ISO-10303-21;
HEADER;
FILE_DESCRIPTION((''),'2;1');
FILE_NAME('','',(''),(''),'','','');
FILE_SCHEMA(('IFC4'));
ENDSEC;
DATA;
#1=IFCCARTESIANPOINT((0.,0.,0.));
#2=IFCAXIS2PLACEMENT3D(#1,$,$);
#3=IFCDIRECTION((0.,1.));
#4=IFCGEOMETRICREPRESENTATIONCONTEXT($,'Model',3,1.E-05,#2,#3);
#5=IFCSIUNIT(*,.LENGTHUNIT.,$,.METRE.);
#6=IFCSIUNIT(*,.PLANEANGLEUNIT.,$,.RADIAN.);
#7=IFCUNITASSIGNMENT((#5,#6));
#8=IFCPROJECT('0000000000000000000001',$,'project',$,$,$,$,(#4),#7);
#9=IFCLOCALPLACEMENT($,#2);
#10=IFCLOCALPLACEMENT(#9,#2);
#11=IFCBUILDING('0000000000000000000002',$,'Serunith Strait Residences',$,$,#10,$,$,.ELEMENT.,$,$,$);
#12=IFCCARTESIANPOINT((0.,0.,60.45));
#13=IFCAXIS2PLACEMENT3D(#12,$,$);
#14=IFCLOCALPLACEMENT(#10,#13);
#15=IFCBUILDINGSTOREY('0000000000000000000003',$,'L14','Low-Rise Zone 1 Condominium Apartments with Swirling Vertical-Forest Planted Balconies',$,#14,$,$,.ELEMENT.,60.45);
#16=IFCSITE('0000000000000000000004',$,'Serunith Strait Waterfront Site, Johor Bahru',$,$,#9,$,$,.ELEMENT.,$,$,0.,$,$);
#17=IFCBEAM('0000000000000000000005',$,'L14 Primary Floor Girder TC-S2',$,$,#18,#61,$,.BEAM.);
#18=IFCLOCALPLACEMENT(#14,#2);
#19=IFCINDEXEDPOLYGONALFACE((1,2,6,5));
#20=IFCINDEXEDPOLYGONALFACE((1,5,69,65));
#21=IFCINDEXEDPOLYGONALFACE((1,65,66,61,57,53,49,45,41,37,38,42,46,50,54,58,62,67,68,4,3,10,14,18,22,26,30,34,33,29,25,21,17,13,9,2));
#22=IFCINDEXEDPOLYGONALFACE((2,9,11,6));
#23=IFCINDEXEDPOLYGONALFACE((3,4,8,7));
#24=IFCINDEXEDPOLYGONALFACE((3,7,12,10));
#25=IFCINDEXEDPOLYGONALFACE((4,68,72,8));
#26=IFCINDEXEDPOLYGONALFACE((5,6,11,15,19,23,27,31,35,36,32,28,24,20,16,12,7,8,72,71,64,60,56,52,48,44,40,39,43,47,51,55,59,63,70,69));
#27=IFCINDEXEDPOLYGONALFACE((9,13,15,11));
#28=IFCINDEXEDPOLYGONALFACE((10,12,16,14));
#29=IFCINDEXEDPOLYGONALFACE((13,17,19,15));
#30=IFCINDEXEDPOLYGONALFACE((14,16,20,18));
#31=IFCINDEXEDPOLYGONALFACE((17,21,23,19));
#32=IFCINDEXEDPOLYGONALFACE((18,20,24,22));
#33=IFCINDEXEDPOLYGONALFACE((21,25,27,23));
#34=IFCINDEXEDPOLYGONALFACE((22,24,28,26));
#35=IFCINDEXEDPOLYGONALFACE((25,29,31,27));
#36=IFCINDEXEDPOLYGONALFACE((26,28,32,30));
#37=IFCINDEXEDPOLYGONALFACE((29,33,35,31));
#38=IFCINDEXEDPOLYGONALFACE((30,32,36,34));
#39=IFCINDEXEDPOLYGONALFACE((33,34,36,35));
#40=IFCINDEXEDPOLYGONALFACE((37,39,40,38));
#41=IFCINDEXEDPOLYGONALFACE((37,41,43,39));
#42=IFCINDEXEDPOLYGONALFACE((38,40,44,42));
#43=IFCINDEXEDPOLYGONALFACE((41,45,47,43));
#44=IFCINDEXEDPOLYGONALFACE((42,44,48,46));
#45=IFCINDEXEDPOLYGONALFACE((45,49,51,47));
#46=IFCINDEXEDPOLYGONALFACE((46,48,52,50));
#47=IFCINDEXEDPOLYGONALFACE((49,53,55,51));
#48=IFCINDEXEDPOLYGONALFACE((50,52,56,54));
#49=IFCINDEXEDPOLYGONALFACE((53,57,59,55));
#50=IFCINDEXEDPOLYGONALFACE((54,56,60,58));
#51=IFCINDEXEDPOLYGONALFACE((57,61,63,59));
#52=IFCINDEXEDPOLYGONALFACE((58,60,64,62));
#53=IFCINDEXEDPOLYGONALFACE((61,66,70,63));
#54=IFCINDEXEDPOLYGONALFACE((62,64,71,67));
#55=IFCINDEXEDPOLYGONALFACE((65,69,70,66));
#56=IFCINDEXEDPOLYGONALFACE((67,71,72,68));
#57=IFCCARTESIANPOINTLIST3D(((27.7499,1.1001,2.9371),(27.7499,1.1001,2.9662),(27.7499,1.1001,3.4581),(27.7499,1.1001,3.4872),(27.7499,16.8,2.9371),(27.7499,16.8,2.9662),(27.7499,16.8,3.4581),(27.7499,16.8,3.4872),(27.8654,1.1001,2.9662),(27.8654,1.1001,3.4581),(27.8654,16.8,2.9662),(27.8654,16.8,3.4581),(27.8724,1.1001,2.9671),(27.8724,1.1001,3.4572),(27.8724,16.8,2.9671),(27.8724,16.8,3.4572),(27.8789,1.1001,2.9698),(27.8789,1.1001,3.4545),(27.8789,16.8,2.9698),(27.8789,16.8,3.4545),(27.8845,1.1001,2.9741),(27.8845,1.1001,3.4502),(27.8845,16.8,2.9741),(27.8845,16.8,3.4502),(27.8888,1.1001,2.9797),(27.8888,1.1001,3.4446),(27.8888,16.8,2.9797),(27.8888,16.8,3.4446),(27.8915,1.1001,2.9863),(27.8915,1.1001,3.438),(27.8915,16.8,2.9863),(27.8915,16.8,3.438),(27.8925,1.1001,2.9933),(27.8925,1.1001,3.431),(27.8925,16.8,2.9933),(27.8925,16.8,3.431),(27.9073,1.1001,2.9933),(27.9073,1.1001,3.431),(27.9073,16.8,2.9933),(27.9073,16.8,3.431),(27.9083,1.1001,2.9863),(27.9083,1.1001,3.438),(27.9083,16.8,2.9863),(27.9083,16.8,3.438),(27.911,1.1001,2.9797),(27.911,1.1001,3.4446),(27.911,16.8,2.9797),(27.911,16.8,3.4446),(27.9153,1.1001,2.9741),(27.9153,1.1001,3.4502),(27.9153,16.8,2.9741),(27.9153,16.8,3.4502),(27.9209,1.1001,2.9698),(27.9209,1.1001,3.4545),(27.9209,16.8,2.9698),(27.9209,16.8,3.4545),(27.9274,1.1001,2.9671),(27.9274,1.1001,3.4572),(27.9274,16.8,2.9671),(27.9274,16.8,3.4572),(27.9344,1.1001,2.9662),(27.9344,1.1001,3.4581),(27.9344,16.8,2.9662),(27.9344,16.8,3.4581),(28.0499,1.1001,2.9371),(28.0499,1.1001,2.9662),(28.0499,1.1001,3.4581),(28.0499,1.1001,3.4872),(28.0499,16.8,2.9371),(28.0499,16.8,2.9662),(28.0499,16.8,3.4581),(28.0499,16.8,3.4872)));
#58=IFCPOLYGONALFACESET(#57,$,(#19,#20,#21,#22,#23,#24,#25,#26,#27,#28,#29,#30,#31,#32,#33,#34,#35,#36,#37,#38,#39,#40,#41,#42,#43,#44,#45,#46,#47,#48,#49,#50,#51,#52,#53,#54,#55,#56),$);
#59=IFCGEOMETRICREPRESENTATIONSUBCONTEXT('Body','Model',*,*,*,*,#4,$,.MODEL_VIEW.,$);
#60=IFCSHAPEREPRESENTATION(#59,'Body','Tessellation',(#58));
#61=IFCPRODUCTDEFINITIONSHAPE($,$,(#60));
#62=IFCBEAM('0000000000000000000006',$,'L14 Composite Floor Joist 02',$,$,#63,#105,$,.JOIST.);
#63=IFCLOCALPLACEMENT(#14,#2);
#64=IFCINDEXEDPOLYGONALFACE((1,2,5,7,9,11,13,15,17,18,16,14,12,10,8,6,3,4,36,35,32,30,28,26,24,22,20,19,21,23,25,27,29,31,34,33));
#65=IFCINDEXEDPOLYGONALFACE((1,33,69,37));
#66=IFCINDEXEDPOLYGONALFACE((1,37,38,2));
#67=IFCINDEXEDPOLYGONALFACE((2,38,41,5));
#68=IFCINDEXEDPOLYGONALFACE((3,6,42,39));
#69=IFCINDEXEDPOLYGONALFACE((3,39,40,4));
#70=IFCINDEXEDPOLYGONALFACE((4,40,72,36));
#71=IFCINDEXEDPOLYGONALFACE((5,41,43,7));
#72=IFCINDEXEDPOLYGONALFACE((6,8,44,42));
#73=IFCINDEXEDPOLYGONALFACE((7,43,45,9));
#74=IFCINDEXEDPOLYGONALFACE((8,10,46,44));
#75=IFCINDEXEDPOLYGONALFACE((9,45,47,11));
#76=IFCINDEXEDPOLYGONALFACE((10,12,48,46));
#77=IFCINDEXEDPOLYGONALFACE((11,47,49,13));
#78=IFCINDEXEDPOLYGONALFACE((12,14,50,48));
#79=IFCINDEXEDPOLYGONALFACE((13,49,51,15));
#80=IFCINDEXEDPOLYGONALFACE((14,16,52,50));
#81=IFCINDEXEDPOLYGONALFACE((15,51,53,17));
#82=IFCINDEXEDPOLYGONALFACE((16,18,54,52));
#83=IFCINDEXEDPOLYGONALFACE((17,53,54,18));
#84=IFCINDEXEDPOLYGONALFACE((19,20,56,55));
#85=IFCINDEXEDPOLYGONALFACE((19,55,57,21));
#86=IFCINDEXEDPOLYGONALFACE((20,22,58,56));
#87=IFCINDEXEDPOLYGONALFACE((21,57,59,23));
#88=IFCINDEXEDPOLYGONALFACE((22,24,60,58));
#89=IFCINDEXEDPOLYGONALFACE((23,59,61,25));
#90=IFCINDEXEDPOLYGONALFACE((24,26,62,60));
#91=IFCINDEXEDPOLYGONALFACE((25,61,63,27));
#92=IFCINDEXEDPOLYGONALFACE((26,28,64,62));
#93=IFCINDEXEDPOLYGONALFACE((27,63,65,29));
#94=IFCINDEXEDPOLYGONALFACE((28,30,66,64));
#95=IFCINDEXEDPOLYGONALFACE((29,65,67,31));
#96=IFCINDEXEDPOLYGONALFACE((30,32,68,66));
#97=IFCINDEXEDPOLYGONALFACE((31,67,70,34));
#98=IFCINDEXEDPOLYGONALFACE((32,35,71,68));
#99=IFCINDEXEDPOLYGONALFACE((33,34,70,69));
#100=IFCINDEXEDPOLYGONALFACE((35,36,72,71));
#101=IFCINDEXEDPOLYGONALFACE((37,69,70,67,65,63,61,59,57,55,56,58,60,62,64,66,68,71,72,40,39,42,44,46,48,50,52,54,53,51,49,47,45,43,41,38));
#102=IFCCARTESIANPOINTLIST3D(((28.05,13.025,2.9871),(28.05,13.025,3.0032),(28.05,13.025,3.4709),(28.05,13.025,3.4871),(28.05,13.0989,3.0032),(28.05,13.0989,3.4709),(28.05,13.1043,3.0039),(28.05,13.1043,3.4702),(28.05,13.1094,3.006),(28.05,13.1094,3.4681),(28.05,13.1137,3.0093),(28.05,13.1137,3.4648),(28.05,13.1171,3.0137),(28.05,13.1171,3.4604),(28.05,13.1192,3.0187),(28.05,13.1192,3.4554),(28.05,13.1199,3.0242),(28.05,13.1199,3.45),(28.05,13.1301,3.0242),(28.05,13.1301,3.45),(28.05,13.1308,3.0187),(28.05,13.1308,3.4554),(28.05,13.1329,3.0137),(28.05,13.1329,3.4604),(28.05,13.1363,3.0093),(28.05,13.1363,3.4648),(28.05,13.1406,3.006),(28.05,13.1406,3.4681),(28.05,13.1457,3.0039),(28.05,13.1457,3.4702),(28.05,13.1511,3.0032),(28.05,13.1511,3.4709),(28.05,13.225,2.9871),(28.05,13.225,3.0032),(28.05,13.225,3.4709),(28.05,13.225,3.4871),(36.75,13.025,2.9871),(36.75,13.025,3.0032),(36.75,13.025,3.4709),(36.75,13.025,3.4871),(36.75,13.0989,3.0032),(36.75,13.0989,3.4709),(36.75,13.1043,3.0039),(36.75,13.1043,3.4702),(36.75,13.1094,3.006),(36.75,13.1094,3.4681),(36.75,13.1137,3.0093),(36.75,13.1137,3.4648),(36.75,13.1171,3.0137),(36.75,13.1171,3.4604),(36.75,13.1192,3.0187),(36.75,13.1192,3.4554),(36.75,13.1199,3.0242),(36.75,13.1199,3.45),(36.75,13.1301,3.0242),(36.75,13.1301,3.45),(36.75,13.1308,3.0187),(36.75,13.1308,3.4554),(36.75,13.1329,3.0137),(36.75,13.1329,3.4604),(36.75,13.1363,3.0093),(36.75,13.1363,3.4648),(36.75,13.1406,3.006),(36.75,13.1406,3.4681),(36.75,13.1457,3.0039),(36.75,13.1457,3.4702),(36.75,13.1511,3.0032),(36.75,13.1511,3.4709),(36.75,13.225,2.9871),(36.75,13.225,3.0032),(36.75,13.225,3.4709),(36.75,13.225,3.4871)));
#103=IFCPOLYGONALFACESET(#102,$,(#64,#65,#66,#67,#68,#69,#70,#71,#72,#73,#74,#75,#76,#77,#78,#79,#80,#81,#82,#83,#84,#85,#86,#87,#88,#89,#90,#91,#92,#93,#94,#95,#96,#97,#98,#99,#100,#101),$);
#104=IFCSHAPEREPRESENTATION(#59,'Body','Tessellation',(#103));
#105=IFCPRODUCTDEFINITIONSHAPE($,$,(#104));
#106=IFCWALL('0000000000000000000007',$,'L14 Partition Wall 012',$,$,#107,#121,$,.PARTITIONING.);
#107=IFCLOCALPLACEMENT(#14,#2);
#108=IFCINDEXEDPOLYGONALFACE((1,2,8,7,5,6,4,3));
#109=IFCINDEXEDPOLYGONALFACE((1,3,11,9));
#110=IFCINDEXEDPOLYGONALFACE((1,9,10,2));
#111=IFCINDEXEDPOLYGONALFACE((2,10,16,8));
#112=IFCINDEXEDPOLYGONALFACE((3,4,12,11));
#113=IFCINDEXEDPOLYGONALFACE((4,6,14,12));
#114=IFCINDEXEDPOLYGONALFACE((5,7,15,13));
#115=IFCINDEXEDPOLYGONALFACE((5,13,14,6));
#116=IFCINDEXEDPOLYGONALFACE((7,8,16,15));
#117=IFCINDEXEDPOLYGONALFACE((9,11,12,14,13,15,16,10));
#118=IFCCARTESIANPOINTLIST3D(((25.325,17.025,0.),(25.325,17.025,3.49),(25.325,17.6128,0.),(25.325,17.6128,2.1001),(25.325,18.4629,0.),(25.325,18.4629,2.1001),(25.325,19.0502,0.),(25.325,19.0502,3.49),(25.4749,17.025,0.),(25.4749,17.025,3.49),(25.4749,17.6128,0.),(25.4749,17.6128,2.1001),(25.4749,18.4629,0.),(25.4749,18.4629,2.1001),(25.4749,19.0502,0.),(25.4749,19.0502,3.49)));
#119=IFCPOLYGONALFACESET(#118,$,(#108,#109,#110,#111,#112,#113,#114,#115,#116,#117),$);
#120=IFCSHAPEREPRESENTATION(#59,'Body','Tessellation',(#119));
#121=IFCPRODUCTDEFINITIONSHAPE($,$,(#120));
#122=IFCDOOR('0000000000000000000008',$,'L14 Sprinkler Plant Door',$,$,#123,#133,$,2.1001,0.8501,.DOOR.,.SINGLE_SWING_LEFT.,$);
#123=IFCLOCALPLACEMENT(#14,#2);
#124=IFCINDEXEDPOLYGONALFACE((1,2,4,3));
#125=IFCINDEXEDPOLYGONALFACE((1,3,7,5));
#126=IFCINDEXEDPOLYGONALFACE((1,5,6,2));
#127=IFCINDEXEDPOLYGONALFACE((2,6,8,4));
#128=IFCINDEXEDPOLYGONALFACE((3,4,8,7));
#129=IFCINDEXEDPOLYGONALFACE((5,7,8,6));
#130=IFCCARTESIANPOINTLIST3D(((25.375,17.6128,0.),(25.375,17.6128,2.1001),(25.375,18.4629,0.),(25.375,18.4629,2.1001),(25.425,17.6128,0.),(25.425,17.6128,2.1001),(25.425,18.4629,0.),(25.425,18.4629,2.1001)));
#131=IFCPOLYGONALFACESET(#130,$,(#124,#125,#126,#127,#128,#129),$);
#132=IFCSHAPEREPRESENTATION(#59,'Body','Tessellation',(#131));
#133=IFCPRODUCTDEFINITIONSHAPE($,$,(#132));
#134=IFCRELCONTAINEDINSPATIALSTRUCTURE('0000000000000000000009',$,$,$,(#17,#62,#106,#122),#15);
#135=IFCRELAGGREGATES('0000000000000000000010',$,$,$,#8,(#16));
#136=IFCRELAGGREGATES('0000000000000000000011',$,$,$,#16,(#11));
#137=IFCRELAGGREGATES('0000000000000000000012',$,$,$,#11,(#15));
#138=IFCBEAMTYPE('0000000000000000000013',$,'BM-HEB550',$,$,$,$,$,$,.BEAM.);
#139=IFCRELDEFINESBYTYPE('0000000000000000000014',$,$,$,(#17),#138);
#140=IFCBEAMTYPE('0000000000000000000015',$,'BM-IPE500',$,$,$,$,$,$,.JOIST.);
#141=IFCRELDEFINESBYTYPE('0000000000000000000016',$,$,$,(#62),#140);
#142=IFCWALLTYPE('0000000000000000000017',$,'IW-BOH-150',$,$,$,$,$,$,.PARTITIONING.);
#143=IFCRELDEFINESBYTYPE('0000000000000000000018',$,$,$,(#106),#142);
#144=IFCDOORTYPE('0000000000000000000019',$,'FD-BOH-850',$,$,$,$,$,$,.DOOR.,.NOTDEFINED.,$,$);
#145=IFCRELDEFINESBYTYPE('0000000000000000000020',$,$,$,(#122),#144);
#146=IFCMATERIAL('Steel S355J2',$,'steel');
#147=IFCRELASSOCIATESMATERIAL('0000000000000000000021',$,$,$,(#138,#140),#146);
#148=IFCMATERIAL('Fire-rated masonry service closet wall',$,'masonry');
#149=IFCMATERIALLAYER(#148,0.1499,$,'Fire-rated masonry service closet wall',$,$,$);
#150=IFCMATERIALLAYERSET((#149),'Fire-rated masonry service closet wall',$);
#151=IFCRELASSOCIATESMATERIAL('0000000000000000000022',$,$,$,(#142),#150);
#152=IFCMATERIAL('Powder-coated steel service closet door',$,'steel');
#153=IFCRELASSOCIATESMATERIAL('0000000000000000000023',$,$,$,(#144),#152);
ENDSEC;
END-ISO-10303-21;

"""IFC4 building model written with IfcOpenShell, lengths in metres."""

from ifc_helpers import new_model, si_unit, direction, frame, frame_2d, origin, origin_2d, place, context, subcontext, project, spatial, rectangle, i_section, extrude, source, transform, mapped, material, layer, layer_set, material_profile, profile_set, type_object, element, fill, save


model = new_model("IFC4")

# Units and contexts
model_context = context("Model", 3, precision=1e-05, world=origin(), true_north=direction((0.0, 1.0)))
body_context = subcontext(model_context, "Body", "Model", "MODEL_VIEW")
ifc_project = project(units=[si_unit("LENGTHUNIT", "METRE"), si_unit("PLANEANGLEUNIT", "RADIAN")], contexts=[model_context])

# Site, building, storey
site_placement = place(None, origin())
site = spatial("IfcSite", under=ifc_project, at=site_placement, Name="Serunith Strait Waterfront Site, Johor Bahru", CompositionType="ELEMENT", RefElevation=0.0)
building_placement = place(site_placement, origin())
building = spatial("IfcBuilding", under=site, at=building_placement, Name="Serunith Strait Residences", CompositionType="ELEMENT")
storey_placement = place(building_placement, frame((0.0, 0.0, 60.45)))
storey = spatial("IfcBuildingStorey", under=building, at=storey_placement, Name="L14", Description="Low-Rise Zone 1 Condominium Apartments with Swirling Vertical-Forest Planted Balconies", CompositionType="ELEMENT", Elevation=60.45)

# Beams
ifc_material_1 = material(Name="Steel S355J2", Category="steel")
ifc_material_profile_1 = material_profile(ifc_material_1, i_section(OverallWidth=0.3, OverallDepth=0.55, WebThickness=0.0149, FlangeThickness=0.0291, FilletRadius=0.0271, at=origin_2d()), Name="HEB 550")
ifc_profile_set_1 = profile_set([ifc_material_profile_1], Name="Steel S355J2")
beam_type_1 = type_object("IfcBeamType", Name="BM-HEB550", PredefinedType="BEAM", material=ifc_profile_set_1)
shared_shape_1 = source(origin(), body_context, "Body", "SweptSolid", [
    extrude(i_section(OverallWidth=0.3, OverallDepth=0.55, WebThickness=0.0149, FlangeThickness=0.0291, FilletRadius=0.0271, at=origin_2d()), origin(), (0.0, 0.0, 1.0), 15.7),
])
beam_1_placement = place(storey_placement, frame((27.8999, 16.8, 3.2122), z_axis=(0.0, -1.0, 0.0), x_axis=(1.0, 0.0, 0.0)))
element("IfcBeam", 1, at=beam_1_placement, inside=storey, type_object=beam_type_1, Name="L14 Primary Floor Girder TC-S2", PredefinedType="BEAM", context=body_context, shape_type="MappedRepresentation", body=[
    mapped(shared_shape_1, transform((0.0, 0.0, 0.0), scale=1.0)),
])
ifc_material_profile_2 = material_profile(ifc_material_1, i_section(OverallWidth=0.2, OverallDepth=0.5, WebThickness=0.0103, FlangeThickness=0.0161, FilletRadius=0.021, at=origin_2d()), Name="IPE 500")
ifc_profile_set_2 = profile_set([ifc_material_profile_2], Name="Steel S355J2")
beam_type_2 = type_object("IfcBeamType", Name="BM-IPE500", PredefinedType="JOIST", material=ifc_profile_set_2)
shared_shape_2 = source(origin(), body_context, "Body", "SweptSolid", [
    extrude(i_section(OverallWidth=0.2, OverallDepth=0.5, WebThickness=0.0103, FlangeThickness=0.0161, FilletRadius=0.021, at=origin_2d()), origin(), (0.0, 0.0, 1.0), 8.7),
])
beam_2_placement = place(storey_placement, frame((28.05, 13.125, 3.2371), z_axis=(1.0, 0.0, 0.0), x_axis=(0.0, 1.0, 0.0)))
element("IfcBeam", 2, at=beam_2_placement, inside=storey, type_object=beam_type_2, Name="L14 Composite Floor Joist 02", PredefinedType="JOIST", context=body_context, shape_type="MappedRepresentation", body=[
    mapped(shared_shape_2, transform((0.0, 0.0, 0.0), scale=1.0)),
])

# Wall, opening, door
ifc_material_2 = material(Name="Fire-rated masonry service closet wall", Category="masonry")
ifc_layer_1 = layer(ifc_material_2, 0.1499, Name="Fire-rated masonry service closet wall")
ifc_layer_set_1 = layer_set([ifc_layer_1], Name="Fire-rated masonry service closet wall")
wall_type_1 = type_object("IfcWallType", Name="IW-BOH-150", PredefinedType="PARTITIONING", material=ifc_layer_set_1)
wall_1_placement = place(storey_placement, frame((25.3999, 17.0249, 0.0), z_axis=(0.0, 0.0, 1.0), x_axis=(0.0, 1.0, 0.0)))
wall_1 = element("IfcWall", 3, at=wall_1_placement, inside=storey, type_object=wall_type_1, Name="L14 Partition Wall 012", PredefinedType="PARTITIONING", context=body_context, shape_type="SweptSolid", body=[
    extrude(rectangle(XDim=2.0251, YDim=0.1499, at=frame_2d((1.0127, 0.0))), origin(), (0.0, 0.0, 1.0), 3.49),
])
opening_1_placement = place(wall_1_placement, frame((0.5879, 0.0, 0.0)))
opening_1 = element("IfcOpeningElement", 4, at=opening_1_placement, cuts=wall_1, PredefinedType="OPENING", context=body_context, shape_type="SweptSolid", body=[
    extrude(rectangle(XDim=0.8501, YDim=2.1001, at=frame_2d((0.425, 1.05))), frame((0.0, 0.085, 0.0), z_axis=(0.0, -1.0, 0.0), x_axis=(1.0, 0.0, 0.0)), (0.0, 0.0, 1.0), 0.1699),
])
ifc_material_3 = material(Name="Powder-coated steel service closet door", Category="steel")
door_type_1 = type_object("IfcDoorType", Name="FD-BOH-850", OperationType="NOTDEFINED", PredefinedType="DOOR", material=ifc_material_3)
shared_shape_3 = source(origin(), body_context, "Body", "SweptSolid", [
    extrude(rectangle(XDim=0.8501, YDim=2.1001, at=frame_2d((0.425, 1.05))), frame((0.0, 0.0249, 0.0), z_axis=(0.0, -1.0, 0.0), x_axis=(1.0, 0.0, 0.0)), (0.0, 0.0, 1.0), 0.05),
])
door_1_placement = place(opening_1_placement, origin())
door_1 = element("IfcDoor", 5, at=door_1_placement, inside=storey, type_object=door_type_1, Name="L14 Sprinkler Plant Door", OperationType="SINGLE_SWING_LEFT", OverallHeight=2.1001, OverallWidth=0.8501, PredefinedType="DOOR", context=body_context, shape_type="MappedRepresentation", body=[
    mapped(shared_shape_3, transform((0.0, 0.0, 0.0), scale=1.0)),
])
fill(opening_1, door_1)

save(model, "model.ifc")
